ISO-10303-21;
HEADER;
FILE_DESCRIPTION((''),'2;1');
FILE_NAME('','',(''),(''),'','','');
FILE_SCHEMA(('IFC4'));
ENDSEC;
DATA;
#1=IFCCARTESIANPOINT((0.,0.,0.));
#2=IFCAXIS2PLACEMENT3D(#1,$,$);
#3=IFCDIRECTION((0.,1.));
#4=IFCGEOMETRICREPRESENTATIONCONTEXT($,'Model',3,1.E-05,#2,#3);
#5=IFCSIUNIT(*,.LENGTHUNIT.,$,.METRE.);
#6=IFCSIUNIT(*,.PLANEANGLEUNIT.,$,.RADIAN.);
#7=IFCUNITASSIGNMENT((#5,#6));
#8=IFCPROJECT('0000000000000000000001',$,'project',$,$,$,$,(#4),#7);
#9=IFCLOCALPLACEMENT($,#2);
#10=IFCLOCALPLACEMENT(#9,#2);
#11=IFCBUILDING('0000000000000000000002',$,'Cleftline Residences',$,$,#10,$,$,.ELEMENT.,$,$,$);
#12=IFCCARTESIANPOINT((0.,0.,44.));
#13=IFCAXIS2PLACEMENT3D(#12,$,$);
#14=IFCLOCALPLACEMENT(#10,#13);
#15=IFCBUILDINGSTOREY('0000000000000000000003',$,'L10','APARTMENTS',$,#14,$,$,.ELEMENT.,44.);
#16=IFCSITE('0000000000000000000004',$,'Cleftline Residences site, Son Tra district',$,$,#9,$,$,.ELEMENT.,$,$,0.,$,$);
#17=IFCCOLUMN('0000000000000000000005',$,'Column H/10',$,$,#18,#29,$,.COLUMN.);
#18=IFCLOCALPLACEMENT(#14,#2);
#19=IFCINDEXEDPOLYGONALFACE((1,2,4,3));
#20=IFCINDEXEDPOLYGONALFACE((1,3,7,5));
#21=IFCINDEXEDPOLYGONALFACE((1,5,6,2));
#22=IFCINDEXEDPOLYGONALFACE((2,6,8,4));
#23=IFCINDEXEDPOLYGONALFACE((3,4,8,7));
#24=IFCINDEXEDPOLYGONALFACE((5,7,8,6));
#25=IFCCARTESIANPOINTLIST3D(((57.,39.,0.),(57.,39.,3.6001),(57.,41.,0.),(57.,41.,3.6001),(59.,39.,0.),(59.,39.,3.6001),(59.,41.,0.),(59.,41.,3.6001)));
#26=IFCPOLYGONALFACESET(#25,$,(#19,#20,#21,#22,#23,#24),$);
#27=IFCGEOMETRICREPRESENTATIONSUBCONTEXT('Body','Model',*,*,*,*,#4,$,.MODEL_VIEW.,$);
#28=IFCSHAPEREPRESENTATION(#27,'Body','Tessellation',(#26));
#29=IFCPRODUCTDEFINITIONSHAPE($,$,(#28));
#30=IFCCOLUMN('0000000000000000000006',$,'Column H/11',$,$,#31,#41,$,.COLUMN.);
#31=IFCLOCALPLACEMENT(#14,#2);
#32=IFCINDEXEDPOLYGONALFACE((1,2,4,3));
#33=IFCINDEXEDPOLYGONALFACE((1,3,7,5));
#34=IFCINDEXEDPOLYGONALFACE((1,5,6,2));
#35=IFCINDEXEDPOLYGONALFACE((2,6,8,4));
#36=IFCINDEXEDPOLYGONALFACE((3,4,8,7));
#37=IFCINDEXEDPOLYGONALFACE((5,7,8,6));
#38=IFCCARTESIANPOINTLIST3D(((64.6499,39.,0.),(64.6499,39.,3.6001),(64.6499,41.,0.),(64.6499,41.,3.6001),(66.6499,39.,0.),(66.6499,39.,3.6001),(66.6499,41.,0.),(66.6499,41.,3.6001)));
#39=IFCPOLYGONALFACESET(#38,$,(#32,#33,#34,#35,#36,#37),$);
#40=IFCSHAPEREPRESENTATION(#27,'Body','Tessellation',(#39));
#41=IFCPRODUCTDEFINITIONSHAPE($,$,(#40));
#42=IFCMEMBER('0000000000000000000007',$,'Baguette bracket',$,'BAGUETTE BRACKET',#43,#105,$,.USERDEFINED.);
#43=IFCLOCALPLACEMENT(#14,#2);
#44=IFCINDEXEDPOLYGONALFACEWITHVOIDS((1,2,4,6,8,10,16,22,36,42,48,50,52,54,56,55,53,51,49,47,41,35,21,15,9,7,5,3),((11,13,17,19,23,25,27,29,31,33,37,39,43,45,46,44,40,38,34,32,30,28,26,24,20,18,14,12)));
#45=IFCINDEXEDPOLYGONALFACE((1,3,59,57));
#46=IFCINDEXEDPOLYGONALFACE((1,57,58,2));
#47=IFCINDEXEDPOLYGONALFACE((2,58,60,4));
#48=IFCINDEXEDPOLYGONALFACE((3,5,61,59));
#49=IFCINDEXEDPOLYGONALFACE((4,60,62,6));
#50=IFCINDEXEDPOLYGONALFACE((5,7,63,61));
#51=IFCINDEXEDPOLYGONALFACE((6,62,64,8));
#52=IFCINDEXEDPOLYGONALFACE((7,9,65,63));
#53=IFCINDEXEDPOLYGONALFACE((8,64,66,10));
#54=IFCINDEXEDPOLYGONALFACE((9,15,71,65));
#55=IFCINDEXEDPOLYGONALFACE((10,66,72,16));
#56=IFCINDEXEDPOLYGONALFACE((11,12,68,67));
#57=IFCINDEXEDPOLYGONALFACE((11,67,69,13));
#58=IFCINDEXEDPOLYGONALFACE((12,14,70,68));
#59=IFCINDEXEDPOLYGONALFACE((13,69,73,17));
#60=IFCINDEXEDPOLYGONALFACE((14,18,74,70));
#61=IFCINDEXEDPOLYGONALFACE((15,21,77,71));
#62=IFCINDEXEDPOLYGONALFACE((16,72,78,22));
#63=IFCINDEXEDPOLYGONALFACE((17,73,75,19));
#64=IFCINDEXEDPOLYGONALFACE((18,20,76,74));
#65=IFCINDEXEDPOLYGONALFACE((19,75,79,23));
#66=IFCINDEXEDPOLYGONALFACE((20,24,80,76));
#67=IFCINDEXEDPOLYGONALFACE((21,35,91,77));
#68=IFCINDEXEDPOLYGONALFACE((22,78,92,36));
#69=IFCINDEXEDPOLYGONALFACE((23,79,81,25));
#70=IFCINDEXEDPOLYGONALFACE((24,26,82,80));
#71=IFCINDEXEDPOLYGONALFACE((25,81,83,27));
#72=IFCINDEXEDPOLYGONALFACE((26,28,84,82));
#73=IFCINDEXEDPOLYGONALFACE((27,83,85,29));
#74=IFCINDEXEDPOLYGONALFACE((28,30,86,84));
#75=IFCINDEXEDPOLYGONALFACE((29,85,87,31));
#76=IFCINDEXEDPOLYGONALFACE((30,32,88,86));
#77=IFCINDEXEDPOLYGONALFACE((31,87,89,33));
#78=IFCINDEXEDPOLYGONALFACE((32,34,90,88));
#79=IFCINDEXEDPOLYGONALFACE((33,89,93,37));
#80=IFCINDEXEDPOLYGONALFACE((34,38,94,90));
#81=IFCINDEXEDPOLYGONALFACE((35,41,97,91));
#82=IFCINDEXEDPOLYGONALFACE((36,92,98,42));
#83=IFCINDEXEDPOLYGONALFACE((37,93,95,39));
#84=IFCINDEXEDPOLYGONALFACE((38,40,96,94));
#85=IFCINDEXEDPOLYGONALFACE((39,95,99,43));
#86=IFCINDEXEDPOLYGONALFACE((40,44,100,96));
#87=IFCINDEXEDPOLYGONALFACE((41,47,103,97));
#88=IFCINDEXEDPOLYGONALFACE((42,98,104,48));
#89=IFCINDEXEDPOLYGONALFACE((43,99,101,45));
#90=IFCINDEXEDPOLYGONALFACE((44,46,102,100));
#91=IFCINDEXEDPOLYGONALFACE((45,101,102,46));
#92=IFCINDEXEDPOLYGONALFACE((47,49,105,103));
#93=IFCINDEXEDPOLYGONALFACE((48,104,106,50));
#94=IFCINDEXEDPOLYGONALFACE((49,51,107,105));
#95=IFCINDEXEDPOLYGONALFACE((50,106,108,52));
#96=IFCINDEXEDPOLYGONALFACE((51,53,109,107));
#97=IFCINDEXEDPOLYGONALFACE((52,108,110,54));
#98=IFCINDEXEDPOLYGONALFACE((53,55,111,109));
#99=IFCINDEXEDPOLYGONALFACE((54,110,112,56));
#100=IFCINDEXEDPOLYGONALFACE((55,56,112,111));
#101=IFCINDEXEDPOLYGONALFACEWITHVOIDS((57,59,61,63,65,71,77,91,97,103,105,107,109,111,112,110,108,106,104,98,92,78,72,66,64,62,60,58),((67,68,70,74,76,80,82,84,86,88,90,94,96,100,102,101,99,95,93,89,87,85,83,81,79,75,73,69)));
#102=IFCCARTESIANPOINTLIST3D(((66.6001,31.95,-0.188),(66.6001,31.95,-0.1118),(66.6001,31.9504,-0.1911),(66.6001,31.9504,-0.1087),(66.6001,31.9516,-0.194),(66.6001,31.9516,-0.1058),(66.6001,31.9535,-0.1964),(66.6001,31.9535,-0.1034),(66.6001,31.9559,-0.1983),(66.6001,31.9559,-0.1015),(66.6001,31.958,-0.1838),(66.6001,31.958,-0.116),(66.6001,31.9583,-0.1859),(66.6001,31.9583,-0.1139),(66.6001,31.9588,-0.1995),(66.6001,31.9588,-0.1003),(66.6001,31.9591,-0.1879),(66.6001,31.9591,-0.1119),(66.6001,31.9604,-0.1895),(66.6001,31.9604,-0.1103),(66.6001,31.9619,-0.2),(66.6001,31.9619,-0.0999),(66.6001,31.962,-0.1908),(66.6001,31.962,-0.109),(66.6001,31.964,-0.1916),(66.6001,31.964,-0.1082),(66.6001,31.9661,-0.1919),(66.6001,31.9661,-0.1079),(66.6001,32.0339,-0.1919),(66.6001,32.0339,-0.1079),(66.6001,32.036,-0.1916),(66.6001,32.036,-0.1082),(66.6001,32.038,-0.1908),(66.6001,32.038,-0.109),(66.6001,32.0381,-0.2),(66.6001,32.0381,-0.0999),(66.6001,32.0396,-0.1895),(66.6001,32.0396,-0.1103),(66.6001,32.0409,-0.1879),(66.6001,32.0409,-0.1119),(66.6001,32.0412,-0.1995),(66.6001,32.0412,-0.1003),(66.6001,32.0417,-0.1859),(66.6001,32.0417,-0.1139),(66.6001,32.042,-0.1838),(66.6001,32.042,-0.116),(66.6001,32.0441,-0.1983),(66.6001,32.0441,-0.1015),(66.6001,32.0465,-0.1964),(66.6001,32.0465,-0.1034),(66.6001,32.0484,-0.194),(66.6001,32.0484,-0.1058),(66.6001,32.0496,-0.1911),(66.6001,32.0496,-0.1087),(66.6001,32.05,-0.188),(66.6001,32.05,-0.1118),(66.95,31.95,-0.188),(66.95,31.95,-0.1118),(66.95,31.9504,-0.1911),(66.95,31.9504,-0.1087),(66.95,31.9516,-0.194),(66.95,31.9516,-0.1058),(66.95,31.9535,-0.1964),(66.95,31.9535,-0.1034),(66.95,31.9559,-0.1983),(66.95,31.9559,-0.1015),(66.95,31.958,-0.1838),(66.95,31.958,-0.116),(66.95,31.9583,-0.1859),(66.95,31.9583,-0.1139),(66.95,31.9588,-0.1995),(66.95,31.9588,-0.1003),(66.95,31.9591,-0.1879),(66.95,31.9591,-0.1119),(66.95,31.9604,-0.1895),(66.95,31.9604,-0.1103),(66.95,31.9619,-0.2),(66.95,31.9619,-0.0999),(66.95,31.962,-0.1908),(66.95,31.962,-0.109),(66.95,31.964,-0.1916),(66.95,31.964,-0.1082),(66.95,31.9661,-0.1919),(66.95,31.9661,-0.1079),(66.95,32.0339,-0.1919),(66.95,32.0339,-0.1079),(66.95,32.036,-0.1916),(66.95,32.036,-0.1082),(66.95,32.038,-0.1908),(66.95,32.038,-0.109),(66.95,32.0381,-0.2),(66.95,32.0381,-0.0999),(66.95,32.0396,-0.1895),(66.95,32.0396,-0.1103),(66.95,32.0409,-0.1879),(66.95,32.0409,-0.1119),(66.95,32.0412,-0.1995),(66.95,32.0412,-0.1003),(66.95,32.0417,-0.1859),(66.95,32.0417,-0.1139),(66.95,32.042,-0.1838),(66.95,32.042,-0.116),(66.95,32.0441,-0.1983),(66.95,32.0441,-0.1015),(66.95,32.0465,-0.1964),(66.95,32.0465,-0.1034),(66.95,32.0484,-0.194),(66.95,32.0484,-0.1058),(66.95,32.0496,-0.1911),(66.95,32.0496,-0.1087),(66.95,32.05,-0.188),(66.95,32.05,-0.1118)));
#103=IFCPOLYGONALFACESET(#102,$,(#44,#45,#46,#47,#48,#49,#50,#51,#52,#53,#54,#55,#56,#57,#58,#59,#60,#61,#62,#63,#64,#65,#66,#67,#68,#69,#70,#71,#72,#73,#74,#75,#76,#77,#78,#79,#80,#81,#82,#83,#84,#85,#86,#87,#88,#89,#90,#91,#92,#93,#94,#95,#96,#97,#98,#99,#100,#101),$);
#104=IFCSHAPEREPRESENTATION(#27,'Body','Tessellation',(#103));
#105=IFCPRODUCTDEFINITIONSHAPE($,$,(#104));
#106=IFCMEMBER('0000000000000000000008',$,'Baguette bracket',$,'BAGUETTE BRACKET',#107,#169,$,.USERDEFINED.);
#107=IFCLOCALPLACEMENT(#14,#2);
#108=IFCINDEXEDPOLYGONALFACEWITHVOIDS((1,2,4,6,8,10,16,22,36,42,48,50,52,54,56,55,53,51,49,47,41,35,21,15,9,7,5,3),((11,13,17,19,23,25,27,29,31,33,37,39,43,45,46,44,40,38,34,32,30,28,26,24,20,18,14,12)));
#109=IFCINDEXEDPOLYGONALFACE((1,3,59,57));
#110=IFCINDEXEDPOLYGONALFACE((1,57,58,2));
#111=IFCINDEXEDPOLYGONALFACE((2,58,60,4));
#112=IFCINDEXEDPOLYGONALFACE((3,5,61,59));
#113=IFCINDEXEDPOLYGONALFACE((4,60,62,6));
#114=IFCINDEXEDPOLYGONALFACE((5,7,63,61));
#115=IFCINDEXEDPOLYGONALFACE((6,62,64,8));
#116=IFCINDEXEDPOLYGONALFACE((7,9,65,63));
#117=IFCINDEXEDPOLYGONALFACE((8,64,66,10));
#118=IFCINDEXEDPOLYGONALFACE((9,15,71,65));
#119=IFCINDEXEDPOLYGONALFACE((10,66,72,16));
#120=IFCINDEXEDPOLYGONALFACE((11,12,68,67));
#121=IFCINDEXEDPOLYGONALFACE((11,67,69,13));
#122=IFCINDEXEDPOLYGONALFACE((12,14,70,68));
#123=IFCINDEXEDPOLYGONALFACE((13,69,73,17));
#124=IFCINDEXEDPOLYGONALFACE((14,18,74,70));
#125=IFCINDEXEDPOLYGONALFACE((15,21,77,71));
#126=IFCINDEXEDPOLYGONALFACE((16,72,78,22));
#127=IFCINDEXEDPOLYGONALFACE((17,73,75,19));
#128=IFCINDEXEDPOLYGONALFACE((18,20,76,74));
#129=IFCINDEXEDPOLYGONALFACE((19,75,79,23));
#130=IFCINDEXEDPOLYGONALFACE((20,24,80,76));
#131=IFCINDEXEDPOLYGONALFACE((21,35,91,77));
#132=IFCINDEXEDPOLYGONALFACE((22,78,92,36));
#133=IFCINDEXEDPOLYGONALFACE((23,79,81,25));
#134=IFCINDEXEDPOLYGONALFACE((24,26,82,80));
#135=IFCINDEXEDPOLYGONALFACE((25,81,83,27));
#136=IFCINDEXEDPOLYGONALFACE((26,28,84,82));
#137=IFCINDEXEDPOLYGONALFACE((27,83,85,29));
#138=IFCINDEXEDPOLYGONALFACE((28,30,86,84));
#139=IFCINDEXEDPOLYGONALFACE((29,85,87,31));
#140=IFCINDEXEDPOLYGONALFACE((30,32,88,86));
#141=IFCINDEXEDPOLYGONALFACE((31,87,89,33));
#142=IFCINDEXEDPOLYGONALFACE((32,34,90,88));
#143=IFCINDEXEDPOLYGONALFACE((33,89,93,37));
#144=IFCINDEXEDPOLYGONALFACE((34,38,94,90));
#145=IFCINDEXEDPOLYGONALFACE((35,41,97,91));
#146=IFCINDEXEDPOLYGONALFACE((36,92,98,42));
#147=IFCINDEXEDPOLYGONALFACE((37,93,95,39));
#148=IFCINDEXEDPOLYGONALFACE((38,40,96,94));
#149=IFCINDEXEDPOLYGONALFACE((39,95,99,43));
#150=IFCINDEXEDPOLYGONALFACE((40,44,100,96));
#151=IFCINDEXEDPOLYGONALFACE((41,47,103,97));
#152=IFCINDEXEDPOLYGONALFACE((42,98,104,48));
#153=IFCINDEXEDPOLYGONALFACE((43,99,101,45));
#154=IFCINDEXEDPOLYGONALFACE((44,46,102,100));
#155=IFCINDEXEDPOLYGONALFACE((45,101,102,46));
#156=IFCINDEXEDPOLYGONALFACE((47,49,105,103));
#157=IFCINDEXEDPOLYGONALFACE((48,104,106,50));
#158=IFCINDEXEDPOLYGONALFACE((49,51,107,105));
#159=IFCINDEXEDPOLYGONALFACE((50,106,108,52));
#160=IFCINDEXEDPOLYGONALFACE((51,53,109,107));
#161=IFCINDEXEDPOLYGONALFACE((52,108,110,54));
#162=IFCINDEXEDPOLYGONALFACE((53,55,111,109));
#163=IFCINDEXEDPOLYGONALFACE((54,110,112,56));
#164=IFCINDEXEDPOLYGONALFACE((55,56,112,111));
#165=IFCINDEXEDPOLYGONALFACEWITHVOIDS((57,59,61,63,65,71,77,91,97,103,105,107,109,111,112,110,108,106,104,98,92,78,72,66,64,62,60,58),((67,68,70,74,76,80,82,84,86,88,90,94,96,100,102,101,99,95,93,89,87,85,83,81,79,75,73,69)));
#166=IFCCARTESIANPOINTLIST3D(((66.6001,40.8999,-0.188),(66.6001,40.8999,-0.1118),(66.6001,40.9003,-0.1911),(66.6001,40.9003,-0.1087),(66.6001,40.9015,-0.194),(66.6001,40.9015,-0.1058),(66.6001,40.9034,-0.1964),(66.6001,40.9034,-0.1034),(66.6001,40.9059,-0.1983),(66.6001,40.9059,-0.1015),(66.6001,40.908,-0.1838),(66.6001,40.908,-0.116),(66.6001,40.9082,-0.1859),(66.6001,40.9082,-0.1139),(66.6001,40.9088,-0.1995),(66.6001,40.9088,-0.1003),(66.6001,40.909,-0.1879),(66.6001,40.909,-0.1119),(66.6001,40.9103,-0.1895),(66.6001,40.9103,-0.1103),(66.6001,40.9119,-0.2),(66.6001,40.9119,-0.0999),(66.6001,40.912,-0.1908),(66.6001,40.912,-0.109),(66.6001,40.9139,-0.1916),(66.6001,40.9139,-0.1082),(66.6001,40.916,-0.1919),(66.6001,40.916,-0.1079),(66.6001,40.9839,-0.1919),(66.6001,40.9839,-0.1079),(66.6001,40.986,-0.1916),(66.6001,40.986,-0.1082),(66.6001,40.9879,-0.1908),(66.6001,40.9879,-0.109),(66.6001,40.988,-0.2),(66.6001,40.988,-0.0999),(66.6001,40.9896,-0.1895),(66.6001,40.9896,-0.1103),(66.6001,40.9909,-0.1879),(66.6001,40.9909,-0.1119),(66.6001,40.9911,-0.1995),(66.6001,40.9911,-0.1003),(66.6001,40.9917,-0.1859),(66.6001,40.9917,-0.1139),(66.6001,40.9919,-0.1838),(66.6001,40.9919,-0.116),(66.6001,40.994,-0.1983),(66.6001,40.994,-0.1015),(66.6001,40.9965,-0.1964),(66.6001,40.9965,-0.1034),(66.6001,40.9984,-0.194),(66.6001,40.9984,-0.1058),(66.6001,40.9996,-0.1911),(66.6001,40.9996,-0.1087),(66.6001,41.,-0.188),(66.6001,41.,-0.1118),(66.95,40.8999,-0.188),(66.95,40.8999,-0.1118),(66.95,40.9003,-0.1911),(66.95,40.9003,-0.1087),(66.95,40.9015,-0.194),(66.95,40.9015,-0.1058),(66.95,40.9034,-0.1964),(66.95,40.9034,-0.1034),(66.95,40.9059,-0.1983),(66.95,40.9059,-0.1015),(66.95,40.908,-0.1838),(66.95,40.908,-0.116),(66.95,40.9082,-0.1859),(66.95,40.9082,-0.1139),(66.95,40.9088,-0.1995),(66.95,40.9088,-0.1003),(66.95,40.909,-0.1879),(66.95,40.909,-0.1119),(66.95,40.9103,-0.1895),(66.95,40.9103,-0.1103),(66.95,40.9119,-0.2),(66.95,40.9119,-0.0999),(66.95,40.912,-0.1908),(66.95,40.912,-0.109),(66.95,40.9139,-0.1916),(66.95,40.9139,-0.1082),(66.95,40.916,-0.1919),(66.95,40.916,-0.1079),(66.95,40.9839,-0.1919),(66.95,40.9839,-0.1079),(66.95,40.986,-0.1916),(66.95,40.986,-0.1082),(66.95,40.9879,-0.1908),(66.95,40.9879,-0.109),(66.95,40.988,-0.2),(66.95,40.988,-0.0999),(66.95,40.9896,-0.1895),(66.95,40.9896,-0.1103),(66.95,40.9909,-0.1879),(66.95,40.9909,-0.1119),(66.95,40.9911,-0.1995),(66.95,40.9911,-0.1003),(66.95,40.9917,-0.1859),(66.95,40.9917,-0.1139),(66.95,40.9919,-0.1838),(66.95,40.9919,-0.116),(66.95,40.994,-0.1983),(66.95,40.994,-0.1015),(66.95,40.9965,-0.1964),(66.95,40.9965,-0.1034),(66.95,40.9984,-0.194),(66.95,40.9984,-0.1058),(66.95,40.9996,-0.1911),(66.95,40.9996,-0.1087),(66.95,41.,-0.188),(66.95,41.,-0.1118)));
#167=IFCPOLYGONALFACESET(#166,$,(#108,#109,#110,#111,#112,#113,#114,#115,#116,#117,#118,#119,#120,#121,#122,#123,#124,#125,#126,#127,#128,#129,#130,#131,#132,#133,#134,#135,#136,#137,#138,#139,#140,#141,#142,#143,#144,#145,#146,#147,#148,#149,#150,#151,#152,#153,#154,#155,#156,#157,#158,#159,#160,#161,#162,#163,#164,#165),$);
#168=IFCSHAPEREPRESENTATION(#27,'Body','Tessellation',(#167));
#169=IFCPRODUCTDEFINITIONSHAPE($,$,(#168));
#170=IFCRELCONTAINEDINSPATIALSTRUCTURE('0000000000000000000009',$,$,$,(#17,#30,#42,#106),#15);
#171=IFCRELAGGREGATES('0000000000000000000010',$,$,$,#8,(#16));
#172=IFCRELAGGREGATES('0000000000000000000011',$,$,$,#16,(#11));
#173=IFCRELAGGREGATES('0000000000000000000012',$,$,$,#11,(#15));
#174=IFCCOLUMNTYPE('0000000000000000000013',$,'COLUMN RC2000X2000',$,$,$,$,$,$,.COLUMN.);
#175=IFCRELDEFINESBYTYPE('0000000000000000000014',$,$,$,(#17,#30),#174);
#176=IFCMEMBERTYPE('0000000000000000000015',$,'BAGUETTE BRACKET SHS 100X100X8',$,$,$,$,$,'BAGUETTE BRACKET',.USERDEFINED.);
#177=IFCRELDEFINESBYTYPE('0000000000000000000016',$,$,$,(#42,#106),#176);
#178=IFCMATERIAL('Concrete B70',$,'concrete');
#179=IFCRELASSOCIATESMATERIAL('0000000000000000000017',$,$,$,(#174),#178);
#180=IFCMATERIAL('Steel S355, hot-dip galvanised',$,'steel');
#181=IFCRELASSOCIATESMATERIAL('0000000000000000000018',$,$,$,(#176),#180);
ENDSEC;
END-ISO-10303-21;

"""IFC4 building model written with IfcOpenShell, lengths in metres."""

from ifc_helpers import new_model, si_unit, direction, frame, origin, origin_2d, place, context, subcontext, project, spatial, rectangle, hollow_rectangle, extrude, material, material_profile, profile_set, type_object, element, save


model = new_model("IFC4")

# Units and contexts
model_context = context("Model", 3, precision=1e-05, world=origin(), true_north=direction((0.0, 1.0)))
body_context = subcontext(model_context, "Body", "Model", "MODEL_VIEW")
ifc_project = project(units=[si_unit("LENGTHUNIT", "METRE"), si_unit("PLANEANGLEUNIT", "RADIAN")], contexts=[model_context])

# Site, building, storey
site_placement = place(None, origin())
site = spatial("IfcSite", under=ifc_project, at=site_placement, Name="Cleftline Residences site, Son Tra district", CompositionType="ELEMENT", RefElevation=0.0)
building_placement = place(site_placement, origin())
building = spatial("IfcBuilding", under=site, at=building_placement, Name="Cleftline Residences", CompositionType="ELEMENT")
storey_placement = place(building_placement, frame((0.0, 0.0, 44.0)))
storey = spatial("IfcBuildingStorey", under=building, at=storey_placement, Name="L10", Description="APARTMENTS", CompositionType="ELEMENT", Elevation=44.0)

# Columns
ifc_material_1 = material(Name="Concrete B70", Category="concrete")
ifc_material_profile_1 = material_profile(ifc_material_1, rectangle(XDim=2.0, YDim=2.0, at=origin_2d()))
ifc_profile_set_1 = profile_set([ifc_material_profile_1], Name="Concrete B70")
column_type = type_object("IfcColumnType", Name="COLUMN RC2000X2000", PredefinedType="COLUMN", material=ifc_profile_set_1)
for number, where, z_axis, x_axis, name in (
    (1, (58.0, 40.0, 0.0), (0.0, 0.0, 1.0), (1.0, 0.0, 0.0), "Column H/10"),
    (2, (65.6499, 40.0, 0.0), (0.0, 0.0, 1.0), (1.0, 0.0, 0.0), "Column H/11"),
):
    element("IfcColumn", number, at=place(storey_placement, frame(where, z_axis=z_axis, x_axis=x_axis)), inside=storey, type_object=column_type, Name=name, PredefinedType="COLUMN", context=body_context, shape_type="SweptSolid", body=[
        extrude(rectangle(XDim=2.0, YDim=2.0, at=origin_2d()), origin(), (0.0, 0.0, 1.0), 3.6001),
    ])

# Members
ifc_material_2 = material(Name="Steel S355, hot-dip galvanised", Category="steel")
ifc_material_profile_2 = material_profile(ifc_material_2, hollow_rectangle(XDim=0.1001, YDim=0.1001, WallThickness=0.0081, InnerFilletRadius=0.0081, OuterFilletRadius=0.012, at=origin_2d()))
ifc_profile_set_2 = profile_set([ifc_material_profile_2], Name="Steel S355, hot-dip galvanised")
member_type_1 = type_object("IfcMemberType", Name="BAGUETTE BRACKET SHS 100X100X8", ElementType="BAGUETTE BRACKET", PredefinedType="USERDEFINED", material=ifc_profile_set_2)
for number, where, z_axis, x_axis, name in (
    (3, (66.6001, 32.0, -0.1499), (1.0, 0.0, 0.0), (0.0, 1.0, 0.0), "Baguette bracket"),
    (4, (66.6001, 40.95, -0.1499), (1.0, 0.0, 0.0), (0.0, 1.0, 0.0), "Baguette bracket"),
):
    element("IfcMember", number, at=place(storey_placement, frame(where, z_axis=z_axis, x_axis=x_axis)), inside=storey, type_object=member_type_1, Name=name, ObjectType="BAGUETTE BRACKET", PredefinedType="USERDEFINED", context=body_context, shape_type="SweptSolid", body=[
        extrude(hollow_rectangle(XDim=0.1001, YDim=0.1001, WallThickness=0.0081, InnerFilletRadius=0.0081, OuterFilletRadius=0.012, at=origin_2d()), origin(), (0.0, 0.0, 1.0), 0.3499),
    ])

save(model, "model.ifc")
